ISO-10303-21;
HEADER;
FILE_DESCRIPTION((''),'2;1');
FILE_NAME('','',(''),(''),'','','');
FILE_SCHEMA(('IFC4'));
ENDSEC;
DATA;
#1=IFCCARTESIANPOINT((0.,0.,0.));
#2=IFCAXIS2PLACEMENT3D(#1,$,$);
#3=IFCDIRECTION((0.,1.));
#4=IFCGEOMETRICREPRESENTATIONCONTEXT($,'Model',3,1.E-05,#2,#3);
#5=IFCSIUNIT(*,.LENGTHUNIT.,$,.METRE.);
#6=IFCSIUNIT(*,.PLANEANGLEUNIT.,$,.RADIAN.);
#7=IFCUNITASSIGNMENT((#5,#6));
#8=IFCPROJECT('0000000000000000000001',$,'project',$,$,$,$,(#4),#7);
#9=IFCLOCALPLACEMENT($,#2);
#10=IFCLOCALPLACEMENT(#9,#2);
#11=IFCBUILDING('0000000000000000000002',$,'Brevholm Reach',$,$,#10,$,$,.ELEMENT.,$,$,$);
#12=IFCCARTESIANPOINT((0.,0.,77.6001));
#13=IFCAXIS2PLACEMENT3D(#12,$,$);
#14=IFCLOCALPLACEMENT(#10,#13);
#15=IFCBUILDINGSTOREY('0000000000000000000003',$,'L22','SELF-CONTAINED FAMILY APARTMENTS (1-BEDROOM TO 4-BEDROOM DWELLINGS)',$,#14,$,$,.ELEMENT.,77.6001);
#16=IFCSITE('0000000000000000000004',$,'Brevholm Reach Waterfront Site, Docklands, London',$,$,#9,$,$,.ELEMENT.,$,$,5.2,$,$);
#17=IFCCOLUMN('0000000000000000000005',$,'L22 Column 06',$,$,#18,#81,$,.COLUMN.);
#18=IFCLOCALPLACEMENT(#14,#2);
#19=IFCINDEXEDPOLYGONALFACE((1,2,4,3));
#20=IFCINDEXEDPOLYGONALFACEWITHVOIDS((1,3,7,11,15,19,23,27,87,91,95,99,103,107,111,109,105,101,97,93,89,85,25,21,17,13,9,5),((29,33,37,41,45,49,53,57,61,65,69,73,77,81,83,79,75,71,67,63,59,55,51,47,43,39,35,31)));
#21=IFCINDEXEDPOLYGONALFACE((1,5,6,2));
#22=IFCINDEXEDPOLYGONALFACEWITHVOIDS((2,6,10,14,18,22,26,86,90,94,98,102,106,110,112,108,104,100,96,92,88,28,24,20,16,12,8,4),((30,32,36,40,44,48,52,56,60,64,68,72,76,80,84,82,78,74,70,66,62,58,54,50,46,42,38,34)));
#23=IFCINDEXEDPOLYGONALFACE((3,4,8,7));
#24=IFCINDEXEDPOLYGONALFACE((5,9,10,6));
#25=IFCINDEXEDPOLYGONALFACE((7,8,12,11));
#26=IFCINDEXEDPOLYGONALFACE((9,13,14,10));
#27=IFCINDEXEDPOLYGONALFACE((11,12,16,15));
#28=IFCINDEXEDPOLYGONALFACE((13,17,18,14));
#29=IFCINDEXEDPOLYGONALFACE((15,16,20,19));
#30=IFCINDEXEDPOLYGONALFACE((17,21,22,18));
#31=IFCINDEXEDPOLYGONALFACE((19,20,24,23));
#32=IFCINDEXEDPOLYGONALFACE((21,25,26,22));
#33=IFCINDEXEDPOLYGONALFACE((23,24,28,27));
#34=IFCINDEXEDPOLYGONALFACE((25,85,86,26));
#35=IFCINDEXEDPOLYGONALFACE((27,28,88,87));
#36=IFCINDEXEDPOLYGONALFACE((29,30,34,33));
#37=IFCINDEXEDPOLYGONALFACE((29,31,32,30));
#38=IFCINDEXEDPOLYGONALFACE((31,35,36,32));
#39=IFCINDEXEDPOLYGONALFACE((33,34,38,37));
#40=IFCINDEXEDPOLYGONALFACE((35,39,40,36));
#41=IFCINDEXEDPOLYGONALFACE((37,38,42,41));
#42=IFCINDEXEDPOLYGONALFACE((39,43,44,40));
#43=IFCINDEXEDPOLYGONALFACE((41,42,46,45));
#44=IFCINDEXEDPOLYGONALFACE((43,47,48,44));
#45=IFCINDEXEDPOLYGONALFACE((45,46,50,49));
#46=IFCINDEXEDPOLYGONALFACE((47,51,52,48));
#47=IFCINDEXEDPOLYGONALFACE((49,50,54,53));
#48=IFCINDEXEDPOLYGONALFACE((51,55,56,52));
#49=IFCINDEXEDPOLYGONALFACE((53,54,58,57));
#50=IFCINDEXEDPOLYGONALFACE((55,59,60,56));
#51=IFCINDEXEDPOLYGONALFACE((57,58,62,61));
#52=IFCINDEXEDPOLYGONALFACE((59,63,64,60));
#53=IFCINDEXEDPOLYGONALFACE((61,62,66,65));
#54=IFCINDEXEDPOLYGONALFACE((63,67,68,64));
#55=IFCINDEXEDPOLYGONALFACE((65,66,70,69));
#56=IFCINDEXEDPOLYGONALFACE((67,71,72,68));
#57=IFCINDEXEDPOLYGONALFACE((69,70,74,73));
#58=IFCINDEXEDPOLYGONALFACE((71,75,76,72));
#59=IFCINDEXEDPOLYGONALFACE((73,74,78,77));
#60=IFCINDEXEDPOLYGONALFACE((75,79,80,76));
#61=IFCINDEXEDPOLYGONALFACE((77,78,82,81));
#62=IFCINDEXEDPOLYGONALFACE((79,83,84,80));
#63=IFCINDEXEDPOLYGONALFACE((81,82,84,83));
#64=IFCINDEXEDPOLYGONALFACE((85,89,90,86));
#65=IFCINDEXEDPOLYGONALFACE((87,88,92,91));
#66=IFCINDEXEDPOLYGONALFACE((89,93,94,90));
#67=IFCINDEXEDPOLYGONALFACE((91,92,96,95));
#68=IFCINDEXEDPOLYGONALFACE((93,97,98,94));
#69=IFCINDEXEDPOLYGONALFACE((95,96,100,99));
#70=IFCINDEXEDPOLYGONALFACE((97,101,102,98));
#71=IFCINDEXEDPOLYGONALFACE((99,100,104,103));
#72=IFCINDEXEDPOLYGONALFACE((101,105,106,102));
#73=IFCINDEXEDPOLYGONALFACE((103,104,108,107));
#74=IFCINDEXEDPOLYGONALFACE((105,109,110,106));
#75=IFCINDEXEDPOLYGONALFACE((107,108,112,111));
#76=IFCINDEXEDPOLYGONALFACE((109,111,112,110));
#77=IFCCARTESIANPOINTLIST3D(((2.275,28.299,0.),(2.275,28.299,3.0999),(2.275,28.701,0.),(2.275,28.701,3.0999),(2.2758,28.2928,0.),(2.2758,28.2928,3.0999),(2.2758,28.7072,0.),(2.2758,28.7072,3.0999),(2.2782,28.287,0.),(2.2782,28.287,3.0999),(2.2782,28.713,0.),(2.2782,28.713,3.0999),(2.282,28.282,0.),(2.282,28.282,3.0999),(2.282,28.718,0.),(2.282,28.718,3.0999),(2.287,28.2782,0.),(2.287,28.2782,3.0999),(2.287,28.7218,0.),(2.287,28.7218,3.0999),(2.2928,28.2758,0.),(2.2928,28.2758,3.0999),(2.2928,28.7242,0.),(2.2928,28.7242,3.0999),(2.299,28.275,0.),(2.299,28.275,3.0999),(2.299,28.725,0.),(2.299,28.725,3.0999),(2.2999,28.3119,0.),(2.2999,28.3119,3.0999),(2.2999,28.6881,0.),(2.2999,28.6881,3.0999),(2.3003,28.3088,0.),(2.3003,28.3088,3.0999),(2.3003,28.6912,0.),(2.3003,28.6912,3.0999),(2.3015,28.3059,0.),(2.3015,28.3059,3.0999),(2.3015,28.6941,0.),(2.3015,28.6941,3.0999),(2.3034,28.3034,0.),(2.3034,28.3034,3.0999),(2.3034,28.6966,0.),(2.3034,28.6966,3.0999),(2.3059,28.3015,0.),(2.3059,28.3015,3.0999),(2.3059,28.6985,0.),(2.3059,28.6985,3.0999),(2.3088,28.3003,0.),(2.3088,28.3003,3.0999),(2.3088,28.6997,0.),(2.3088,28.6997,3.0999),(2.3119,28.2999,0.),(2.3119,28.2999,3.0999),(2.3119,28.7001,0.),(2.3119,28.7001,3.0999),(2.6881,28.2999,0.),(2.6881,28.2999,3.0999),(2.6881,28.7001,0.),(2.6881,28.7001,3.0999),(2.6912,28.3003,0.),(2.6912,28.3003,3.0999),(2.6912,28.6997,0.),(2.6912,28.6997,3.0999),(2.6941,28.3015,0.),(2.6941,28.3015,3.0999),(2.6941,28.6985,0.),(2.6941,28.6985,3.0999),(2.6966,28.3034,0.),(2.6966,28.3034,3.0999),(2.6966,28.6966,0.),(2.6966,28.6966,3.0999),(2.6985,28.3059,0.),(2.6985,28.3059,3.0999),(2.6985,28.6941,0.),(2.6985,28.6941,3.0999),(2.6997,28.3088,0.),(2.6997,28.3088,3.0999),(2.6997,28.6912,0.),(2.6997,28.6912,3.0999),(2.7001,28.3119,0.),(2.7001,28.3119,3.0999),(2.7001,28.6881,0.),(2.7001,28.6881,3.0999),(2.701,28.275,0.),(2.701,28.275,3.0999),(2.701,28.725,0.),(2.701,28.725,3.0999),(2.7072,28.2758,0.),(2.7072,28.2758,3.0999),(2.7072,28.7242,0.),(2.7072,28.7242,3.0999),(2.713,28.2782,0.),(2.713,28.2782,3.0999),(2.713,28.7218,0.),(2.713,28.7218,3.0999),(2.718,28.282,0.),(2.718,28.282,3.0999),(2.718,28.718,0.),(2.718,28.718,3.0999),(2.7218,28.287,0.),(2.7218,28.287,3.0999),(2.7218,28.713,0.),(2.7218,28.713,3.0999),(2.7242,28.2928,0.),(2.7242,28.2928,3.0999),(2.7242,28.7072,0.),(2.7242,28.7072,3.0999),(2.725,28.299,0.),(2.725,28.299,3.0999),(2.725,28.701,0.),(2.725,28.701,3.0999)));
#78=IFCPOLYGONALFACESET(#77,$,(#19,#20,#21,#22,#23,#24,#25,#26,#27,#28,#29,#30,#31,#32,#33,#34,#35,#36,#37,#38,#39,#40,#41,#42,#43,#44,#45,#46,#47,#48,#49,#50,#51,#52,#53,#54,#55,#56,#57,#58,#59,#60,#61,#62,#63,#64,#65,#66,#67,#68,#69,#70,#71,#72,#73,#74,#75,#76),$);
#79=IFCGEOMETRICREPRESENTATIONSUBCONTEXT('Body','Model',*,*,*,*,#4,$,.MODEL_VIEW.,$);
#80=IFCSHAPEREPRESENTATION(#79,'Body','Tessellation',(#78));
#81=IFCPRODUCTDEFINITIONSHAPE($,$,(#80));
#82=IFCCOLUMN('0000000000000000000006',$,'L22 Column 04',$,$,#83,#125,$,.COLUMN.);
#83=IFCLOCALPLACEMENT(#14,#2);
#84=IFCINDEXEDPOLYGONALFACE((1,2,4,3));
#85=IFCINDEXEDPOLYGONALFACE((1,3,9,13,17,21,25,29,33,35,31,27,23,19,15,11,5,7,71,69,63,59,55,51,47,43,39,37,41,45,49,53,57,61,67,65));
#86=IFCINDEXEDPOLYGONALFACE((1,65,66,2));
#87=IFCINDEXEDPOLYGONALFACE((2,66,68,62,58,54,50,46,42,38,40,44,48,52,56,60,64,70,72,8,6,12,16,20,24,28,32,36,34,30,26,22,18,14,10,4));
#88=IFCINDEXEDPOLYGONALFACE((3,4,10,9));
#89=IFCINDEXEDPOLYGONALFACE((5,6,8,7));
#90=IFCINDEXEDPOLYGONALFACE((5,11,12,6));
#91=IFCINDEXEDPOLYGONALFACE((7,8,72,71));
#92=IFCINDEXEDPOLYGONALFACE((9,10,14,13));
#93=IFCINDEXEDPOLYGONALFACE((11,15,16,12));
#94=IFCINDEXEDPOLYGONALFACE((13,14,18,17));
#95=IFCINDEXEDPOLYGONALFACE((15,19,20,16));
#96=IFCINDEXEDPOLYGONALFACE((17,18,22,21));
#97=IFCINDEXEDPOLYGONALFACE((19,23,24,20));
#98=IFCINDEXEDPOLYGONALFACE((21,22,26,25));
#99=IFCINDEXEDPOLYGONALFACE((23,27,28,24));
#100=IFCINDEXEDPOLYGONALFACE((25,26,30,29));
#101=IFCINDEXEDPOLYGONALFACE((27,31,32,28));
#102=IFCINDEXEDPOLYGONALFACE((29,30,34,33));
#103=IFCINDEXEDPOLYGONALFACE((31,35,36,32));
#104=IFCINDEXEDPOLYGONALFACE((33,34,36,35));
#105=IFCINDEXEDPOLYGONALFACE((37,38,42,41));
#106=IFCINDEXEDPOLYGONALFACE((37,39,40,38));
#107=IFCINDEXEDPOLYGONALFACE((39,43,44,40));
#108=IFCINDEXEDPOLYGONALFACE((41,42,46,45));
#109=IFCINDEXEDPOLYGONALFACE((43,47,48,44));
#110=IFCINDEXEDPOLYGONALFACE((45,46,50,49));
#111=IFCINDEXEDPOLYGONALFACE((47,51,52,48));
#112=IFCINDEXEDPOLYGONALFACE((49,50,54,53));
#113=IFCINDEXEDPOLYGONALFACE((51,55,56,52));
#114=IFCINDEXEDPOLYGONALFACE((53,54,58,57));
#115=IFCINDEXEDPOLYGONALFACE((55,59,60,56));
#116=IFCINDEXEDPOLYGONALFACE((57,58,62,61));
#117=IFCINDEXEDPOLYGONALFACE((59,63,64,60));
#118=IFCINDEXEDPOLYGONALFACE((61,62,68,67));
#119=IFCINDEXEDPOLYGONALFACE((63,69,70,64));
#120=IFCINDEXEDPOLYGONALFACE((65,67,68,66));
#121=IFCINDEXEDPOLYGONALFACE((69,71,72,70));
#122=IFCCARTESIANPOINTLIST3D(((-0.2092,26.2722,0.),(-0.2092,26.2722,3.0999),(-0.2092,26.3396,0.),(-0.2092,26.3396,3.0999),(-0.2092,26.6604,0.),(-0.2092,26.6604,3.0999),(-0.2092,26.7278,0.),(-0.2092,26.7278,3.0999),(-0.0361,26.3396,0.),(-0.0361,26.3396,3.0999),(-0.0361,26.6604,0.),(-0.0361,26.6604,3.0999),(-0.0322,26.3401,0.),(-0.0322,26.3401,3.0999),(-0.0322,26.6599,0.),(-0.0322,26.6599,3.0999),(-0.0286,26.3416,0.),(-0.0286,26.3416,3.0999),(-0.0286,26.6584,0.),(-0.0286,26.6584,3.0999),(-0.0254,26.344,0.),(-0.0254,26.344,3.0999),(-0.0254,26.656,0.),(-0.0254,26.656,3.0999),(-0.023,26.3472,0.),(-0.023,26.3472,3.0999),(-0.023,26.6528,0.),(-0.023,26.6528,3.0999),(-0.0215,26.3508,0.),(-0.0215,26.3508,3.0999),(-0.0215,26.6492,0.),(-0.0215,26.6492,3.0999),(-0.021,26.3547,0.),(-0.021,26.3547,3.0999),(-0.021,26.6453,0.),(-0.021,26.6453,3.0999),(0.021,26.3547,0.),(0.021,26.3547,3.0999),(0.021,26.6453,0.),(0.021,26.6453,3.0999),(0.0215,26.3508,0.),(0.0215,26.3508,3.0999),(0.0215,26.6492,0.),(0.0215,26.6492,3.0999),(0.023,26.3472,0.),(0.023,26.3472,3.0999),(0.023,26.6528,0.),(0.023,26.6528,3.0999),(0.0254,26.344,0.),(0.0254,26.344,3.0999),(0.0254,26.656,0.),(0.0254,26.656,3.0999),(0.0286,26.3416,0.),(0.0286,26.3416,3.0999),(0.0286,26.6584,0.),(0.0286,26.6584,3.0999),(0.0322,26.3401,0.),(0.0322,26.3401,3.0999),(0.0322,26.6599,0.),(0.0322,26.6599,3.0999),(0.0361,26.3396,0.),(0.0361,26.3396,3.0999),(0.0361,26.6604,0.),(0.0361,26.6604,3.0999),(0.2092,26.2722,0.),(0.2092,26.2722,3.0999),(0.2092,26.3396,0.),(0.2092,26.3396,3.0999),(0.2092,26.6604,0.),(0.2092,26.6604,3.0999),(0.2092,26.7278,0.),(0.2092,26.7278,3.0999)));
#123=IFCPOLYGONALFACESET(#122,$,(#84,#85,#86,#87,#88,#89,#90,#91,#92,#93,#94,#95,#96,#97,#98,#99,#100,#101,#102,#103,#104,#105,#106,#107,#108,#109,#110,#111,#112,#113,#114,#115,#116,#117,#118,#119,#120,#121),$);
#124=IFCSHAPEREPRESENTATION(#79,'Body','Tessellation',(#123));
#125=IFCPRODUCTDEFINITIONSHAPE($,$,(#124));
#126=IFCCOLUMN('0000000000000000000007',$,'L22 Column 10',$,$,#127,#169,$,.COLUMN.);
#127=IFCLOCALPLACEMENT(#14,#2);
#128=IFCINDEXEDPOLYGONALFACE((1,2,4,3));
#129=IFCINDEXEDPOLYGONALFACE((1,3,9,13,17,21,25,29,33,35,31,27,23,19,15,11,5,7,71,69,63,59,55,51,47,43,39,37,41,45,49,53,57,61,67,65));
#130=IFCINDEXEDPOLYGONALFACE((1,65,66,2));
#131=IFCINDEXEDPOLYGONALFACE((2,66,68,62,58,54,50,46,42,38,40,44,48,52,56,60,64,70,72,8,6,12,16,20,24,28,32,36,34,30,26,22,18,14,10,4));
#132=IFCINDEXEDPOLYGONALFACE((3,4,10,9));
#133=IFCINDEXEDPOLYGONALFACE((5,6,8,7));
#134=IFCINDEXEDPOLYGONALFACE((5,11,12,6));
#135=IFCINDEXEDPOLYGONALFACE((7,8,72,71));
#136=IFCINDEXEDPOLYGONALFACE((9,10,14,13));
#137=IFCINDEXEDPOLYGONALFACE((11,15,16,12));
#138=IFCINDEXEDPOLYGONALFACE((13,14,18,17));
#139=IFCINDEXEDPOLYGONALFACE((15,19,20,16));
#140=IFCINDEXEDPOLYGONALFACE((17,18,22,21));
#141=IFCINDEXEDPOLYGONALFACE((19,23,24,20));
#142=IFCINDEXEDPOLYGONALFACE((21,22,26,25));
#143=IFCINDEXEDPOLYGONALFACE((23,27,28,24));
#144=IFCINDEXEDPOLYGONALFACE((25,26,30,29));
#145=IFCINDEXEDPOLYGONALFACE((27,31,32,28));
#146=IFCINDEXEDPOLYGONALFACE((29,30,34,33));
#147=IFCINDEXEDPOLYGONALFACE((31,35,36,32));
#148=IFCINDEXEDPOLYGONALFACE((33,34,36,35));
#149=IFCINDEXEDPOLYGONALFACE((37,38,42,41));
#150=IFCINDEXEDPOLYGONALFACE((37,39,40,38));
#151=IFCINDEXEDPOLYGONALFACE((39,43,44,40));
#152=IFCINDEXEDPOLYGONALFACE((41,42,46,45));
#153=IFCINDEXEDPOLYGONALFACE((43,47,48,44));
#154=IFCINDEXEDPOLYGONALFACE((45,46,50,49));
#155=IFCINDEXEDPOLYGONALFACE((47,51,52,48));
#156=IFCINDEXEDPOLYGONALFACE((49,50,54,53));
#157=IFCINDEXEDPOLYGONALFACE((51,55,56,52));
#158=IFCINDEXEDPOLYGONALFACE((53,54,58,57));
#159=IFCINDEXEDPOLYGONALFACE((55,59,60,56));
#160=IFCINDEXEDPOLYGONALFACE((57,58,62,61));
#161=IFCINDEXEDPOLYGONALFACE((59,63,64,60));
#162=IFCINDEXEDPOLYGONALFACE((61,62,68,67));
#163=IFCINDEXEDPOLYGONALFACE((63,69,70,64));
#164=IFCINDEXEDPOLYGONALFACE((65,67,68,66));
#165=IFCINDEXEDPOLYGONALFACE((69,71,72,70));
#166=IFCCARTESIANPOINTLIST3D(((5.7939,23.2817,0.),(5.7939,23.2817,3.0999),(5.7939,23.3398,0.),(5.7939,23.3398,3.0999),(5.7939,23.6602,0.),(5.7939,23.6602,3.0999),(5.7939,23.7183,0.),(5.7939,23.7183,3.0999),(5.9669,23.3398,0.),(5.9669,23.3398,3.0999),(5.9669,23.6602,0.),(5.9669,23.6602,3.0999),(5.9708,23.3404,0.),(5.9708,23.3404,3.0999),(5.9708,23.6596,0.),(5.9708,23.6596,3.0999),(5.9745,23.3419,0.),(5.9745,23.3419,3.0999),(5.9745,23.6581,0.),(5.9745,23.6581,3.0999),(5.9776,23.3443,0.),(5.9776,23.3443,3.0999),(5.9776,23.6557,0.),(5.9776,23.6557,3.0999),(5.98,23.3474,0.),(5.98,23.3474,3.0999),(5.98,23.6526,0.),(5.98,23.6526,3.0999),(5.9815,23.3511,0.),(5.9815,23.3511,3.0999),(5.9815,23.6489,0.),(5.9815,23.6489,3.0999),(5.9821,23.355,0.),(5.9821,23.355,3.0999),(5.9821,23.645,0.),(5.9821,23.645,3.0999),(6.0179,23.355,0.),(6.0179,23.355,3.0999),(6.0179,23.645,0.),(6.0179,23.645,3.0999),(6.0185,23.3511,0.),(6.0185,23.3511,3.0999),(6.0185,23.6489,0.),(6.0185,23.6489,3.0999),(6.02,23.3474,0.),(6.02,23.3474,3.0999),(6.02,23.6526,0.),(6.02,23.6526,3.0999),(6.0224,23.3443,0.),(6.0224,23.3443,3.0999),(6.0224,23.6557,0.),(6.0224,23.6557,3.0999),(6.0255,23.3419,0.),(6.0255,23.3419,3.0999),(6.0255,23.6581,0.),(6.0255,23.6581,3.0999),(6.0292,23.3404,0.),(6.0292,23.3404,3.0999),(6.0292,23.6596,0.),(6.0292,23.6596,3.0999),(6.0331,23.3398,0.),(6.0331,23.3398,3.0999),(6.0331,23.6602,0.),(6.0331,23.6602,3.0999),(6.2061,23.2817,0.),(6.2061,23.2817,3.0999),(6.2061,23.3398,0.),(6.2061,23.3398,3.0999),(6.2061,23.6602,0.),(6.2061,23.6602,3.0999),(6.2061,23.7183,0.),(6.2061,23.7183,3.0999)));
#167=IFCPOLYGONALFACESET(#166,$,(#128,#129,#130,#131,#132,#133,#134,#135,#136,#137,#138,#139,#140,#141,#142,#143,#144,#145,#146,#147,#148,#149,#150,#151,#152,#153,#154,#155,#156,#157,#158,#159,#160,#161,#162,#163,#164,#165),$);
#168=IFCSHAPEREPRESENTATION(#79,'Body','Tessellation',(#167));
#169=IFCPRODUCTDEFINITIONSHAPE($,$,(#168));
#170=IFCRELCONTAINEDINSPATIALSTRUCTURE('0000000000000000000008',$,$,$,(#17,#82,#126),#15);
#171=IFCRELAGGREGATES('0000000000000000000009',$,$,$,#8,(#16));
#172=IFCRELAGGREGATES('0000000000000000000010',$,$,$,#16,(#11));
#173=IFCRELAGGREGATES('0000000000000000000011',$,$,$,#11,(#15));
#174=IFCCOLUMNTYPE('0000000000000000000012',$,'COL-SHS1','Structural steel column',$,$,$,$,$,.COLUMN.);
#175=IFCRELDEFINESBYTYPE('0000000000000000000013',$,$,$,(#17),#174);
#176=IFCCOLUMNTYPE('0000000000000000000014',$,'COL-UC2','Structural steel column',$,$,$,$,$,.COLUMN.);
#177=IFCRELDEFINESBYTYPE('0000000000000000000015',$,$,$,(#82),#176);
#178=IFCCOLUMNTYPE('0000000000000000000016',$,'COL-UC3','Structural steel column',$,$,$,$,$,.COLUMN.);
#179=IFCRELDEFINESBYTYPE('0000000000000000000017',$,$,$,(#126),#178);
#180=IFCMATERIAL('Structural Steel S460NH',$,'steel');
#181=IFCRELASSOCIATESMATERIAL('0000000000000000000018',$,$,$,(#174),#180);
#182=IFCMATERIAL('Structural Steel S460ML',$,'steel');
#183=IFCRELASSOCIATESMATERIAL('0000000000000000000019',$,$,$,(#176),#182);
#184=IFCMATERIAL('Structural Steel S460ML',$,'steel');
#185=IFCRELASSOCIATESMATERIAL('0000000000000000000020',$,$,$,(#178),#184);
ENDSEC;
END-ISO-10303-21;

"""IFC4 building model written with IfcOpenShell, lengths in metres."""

from ifc_helpers import new_model, si_unit, direction, frame, origin, origin_2d, place, context, subcontext, project, spatial, hollow_rectangle, i_section, extrude, material, material_profile, profile_set, type_object, element, save


model = new_model("IFC4")

# Units and contexts
model_context = context("Model", 3, precision=1e-05, world=origin(), true_north=direction((0.0, 1.0)))
body_context = subcontext(model_context, "Body", "Model", "MODEL_VIEW")
ifc_project = project(units=[si_unit("LENGTHUNIT", "METRE"), si_unit("PLANEANGLEUNIT", "RADIAN")], contexts=[model_context])

# Site, building, storey
site_placement = place(None, origin())
site = spatial("IfcSite", under=ifc_project, at=site_placement, Name="Brevholm Reach Waterfront Site, Docklands, London", CompositionType="ELEMENT", RefElevation=5.2)
building_placement = place(site_placement, origin())
building = spatial("IfcBuilding", under=site, at=building_placement, Name="Brevholm Reach", CompositionType="ELEMENT")
storey_placement = place(building_placement, frame((0.0, 0.0, 77.6001)))
storey = spatial("IfcBuildingStorey", under=building, at=storey_placement, Name="L22", Description="SELF-CONTAINED FAMILY APARTMENTS (1-BEDROOM TO 4-BEDROOM DWELLINGS)", CompositionType="ELEMENT", Elevation=77.6001)

# Columns
ifc_material_1 = material(Name="Structural Steel S460NH", Category="steel")
ifc_material_profile_1 = material_profile(ifc_material_1, hollow_rectangle(XDim=0.45, YDim=0.45, WallThickness=0.0249, InnerFilletRadius=0.012, OuterFilletRadius=0.0239, at=origin_2d()), Name="SHS 450x450x25")
ifc_profile_set_1 = profile_set([ifc_material_profile_1], Name="Structural Steel S460NH")
column_type_1 = type_object("IfcColumnType", Name="COL-SHS1", Description="Structural steel column", PredefinedType="COLUMN", material=ifc_profile_set_1)
column_1_placement = place(storey_placement, frame((2.5, 28.5, 0.0), z_axis=(0.0, 0.0, 1.0), x_axis=(1.0, 0.0, 0.0)))
element("IfcColumn", 1, at=column_1_placement, inside=storey, type_object=column_type_1, Name="L22 Column 06", PredefinedType="COLUMN", context=body_context, shape_type="SweptSolid", body=[
    extrude(hollow_rectangle(XDim=0.45, YDim=0.45, WallThickness=0.0249, InnerFilletRadius=0.012, OuterFilletRadius=0.0239, at=origin_2d()), origin(), (0.0, 0.0, 1.0), 3.0999),
])
ifc_material_2 = material(Name="Structural Steel S460ML", Category="steel")
ifc_material_profile_2 = material_profile(ifc_material_2, i_section(OverallWidth=0.4185, OverallDepth=0.4556, WebThickness=0.042, FlangeThickness=0.0674, FilletRadius=0.0151, at=origin_2d()), Name="UKC 356x406x551")
ifc_profile_set_2 = profile_set([ifc_material_profile_2], Name="Structural Steel S460ML")
column_type_2 = type_object("IfcColumnType", Name="COL-UC2", Description="Structural steel column", PredefinedType="COLUMN", material=ifc_profile_set_2)
column_2_placement = place(storey_placement, frame((0.0, 26.5, 0.0), z_axis=(0.0, 0.0, 1.0), x_axis=(1.0, 0.0, 0.0)))
element("IfcColumn", 2, at=column_2_placement, inside=storey, type_object=column_type_2, Name="L22 Column 04", PredefinedType="COLUMN", context=body_context, shape_type="SweptSolid", body=[
    extrude(i_section(OverallWidth=0.4185, OverallDepth=0.4556, WebThickness=0.042, FlangeThickness=0.0674, FilletRadius=0.0151, at=origin_2d()), origin(), (0.0, 0.0, 1.0), 3.0999),
])
ifc_material_3 = material(Name="Structural Steel S460ML", Category="steel")
ifc_material_profile_3 = material_profile(ifc_material_3, i_section(OverallWidth=0.4121, OverallDepth=0.4365, WebThickness=0.0359, FlangeThickness=0.0581, FilletRadius=0.0151, at=origin_2d()), Name="UKC 356x406x467")
ifc_profile_set_3 = profile_set([ifc_material_profile_3], Name="Structural Steel S460ML")
column_type_3 = type_object("IfcColumnType", Name="COL-UC3", Description="Structural steel column", PredefinedType="COLUMN", material=ifc_profile_set_3)
column_3_placement = place(storey_placement, frame((6.0, 23.5, 0.0), z_axis=(0.0, 0.0, 1.0), x_axis=(1.0, 0.0, 0.0)))
element("IfcColumn", 3, at=column_3_placement, inside=storey, type_object=column_type_3, Name="L22 Column 10", PredefinedType="COLUMN", context=body_context, shape_type="SweptSolid", body=[
    extrude(i_section(OverallWidth=0.4121, OverallDepth=0.4365, WebThickness=0.0359, FlangeThickness=0.0581, FilletRadius=0.0151, at=origin_2d()), origin(), (0.0, 0.0, 1.0), 3.0999),
])

save(model, "model.ifc")
